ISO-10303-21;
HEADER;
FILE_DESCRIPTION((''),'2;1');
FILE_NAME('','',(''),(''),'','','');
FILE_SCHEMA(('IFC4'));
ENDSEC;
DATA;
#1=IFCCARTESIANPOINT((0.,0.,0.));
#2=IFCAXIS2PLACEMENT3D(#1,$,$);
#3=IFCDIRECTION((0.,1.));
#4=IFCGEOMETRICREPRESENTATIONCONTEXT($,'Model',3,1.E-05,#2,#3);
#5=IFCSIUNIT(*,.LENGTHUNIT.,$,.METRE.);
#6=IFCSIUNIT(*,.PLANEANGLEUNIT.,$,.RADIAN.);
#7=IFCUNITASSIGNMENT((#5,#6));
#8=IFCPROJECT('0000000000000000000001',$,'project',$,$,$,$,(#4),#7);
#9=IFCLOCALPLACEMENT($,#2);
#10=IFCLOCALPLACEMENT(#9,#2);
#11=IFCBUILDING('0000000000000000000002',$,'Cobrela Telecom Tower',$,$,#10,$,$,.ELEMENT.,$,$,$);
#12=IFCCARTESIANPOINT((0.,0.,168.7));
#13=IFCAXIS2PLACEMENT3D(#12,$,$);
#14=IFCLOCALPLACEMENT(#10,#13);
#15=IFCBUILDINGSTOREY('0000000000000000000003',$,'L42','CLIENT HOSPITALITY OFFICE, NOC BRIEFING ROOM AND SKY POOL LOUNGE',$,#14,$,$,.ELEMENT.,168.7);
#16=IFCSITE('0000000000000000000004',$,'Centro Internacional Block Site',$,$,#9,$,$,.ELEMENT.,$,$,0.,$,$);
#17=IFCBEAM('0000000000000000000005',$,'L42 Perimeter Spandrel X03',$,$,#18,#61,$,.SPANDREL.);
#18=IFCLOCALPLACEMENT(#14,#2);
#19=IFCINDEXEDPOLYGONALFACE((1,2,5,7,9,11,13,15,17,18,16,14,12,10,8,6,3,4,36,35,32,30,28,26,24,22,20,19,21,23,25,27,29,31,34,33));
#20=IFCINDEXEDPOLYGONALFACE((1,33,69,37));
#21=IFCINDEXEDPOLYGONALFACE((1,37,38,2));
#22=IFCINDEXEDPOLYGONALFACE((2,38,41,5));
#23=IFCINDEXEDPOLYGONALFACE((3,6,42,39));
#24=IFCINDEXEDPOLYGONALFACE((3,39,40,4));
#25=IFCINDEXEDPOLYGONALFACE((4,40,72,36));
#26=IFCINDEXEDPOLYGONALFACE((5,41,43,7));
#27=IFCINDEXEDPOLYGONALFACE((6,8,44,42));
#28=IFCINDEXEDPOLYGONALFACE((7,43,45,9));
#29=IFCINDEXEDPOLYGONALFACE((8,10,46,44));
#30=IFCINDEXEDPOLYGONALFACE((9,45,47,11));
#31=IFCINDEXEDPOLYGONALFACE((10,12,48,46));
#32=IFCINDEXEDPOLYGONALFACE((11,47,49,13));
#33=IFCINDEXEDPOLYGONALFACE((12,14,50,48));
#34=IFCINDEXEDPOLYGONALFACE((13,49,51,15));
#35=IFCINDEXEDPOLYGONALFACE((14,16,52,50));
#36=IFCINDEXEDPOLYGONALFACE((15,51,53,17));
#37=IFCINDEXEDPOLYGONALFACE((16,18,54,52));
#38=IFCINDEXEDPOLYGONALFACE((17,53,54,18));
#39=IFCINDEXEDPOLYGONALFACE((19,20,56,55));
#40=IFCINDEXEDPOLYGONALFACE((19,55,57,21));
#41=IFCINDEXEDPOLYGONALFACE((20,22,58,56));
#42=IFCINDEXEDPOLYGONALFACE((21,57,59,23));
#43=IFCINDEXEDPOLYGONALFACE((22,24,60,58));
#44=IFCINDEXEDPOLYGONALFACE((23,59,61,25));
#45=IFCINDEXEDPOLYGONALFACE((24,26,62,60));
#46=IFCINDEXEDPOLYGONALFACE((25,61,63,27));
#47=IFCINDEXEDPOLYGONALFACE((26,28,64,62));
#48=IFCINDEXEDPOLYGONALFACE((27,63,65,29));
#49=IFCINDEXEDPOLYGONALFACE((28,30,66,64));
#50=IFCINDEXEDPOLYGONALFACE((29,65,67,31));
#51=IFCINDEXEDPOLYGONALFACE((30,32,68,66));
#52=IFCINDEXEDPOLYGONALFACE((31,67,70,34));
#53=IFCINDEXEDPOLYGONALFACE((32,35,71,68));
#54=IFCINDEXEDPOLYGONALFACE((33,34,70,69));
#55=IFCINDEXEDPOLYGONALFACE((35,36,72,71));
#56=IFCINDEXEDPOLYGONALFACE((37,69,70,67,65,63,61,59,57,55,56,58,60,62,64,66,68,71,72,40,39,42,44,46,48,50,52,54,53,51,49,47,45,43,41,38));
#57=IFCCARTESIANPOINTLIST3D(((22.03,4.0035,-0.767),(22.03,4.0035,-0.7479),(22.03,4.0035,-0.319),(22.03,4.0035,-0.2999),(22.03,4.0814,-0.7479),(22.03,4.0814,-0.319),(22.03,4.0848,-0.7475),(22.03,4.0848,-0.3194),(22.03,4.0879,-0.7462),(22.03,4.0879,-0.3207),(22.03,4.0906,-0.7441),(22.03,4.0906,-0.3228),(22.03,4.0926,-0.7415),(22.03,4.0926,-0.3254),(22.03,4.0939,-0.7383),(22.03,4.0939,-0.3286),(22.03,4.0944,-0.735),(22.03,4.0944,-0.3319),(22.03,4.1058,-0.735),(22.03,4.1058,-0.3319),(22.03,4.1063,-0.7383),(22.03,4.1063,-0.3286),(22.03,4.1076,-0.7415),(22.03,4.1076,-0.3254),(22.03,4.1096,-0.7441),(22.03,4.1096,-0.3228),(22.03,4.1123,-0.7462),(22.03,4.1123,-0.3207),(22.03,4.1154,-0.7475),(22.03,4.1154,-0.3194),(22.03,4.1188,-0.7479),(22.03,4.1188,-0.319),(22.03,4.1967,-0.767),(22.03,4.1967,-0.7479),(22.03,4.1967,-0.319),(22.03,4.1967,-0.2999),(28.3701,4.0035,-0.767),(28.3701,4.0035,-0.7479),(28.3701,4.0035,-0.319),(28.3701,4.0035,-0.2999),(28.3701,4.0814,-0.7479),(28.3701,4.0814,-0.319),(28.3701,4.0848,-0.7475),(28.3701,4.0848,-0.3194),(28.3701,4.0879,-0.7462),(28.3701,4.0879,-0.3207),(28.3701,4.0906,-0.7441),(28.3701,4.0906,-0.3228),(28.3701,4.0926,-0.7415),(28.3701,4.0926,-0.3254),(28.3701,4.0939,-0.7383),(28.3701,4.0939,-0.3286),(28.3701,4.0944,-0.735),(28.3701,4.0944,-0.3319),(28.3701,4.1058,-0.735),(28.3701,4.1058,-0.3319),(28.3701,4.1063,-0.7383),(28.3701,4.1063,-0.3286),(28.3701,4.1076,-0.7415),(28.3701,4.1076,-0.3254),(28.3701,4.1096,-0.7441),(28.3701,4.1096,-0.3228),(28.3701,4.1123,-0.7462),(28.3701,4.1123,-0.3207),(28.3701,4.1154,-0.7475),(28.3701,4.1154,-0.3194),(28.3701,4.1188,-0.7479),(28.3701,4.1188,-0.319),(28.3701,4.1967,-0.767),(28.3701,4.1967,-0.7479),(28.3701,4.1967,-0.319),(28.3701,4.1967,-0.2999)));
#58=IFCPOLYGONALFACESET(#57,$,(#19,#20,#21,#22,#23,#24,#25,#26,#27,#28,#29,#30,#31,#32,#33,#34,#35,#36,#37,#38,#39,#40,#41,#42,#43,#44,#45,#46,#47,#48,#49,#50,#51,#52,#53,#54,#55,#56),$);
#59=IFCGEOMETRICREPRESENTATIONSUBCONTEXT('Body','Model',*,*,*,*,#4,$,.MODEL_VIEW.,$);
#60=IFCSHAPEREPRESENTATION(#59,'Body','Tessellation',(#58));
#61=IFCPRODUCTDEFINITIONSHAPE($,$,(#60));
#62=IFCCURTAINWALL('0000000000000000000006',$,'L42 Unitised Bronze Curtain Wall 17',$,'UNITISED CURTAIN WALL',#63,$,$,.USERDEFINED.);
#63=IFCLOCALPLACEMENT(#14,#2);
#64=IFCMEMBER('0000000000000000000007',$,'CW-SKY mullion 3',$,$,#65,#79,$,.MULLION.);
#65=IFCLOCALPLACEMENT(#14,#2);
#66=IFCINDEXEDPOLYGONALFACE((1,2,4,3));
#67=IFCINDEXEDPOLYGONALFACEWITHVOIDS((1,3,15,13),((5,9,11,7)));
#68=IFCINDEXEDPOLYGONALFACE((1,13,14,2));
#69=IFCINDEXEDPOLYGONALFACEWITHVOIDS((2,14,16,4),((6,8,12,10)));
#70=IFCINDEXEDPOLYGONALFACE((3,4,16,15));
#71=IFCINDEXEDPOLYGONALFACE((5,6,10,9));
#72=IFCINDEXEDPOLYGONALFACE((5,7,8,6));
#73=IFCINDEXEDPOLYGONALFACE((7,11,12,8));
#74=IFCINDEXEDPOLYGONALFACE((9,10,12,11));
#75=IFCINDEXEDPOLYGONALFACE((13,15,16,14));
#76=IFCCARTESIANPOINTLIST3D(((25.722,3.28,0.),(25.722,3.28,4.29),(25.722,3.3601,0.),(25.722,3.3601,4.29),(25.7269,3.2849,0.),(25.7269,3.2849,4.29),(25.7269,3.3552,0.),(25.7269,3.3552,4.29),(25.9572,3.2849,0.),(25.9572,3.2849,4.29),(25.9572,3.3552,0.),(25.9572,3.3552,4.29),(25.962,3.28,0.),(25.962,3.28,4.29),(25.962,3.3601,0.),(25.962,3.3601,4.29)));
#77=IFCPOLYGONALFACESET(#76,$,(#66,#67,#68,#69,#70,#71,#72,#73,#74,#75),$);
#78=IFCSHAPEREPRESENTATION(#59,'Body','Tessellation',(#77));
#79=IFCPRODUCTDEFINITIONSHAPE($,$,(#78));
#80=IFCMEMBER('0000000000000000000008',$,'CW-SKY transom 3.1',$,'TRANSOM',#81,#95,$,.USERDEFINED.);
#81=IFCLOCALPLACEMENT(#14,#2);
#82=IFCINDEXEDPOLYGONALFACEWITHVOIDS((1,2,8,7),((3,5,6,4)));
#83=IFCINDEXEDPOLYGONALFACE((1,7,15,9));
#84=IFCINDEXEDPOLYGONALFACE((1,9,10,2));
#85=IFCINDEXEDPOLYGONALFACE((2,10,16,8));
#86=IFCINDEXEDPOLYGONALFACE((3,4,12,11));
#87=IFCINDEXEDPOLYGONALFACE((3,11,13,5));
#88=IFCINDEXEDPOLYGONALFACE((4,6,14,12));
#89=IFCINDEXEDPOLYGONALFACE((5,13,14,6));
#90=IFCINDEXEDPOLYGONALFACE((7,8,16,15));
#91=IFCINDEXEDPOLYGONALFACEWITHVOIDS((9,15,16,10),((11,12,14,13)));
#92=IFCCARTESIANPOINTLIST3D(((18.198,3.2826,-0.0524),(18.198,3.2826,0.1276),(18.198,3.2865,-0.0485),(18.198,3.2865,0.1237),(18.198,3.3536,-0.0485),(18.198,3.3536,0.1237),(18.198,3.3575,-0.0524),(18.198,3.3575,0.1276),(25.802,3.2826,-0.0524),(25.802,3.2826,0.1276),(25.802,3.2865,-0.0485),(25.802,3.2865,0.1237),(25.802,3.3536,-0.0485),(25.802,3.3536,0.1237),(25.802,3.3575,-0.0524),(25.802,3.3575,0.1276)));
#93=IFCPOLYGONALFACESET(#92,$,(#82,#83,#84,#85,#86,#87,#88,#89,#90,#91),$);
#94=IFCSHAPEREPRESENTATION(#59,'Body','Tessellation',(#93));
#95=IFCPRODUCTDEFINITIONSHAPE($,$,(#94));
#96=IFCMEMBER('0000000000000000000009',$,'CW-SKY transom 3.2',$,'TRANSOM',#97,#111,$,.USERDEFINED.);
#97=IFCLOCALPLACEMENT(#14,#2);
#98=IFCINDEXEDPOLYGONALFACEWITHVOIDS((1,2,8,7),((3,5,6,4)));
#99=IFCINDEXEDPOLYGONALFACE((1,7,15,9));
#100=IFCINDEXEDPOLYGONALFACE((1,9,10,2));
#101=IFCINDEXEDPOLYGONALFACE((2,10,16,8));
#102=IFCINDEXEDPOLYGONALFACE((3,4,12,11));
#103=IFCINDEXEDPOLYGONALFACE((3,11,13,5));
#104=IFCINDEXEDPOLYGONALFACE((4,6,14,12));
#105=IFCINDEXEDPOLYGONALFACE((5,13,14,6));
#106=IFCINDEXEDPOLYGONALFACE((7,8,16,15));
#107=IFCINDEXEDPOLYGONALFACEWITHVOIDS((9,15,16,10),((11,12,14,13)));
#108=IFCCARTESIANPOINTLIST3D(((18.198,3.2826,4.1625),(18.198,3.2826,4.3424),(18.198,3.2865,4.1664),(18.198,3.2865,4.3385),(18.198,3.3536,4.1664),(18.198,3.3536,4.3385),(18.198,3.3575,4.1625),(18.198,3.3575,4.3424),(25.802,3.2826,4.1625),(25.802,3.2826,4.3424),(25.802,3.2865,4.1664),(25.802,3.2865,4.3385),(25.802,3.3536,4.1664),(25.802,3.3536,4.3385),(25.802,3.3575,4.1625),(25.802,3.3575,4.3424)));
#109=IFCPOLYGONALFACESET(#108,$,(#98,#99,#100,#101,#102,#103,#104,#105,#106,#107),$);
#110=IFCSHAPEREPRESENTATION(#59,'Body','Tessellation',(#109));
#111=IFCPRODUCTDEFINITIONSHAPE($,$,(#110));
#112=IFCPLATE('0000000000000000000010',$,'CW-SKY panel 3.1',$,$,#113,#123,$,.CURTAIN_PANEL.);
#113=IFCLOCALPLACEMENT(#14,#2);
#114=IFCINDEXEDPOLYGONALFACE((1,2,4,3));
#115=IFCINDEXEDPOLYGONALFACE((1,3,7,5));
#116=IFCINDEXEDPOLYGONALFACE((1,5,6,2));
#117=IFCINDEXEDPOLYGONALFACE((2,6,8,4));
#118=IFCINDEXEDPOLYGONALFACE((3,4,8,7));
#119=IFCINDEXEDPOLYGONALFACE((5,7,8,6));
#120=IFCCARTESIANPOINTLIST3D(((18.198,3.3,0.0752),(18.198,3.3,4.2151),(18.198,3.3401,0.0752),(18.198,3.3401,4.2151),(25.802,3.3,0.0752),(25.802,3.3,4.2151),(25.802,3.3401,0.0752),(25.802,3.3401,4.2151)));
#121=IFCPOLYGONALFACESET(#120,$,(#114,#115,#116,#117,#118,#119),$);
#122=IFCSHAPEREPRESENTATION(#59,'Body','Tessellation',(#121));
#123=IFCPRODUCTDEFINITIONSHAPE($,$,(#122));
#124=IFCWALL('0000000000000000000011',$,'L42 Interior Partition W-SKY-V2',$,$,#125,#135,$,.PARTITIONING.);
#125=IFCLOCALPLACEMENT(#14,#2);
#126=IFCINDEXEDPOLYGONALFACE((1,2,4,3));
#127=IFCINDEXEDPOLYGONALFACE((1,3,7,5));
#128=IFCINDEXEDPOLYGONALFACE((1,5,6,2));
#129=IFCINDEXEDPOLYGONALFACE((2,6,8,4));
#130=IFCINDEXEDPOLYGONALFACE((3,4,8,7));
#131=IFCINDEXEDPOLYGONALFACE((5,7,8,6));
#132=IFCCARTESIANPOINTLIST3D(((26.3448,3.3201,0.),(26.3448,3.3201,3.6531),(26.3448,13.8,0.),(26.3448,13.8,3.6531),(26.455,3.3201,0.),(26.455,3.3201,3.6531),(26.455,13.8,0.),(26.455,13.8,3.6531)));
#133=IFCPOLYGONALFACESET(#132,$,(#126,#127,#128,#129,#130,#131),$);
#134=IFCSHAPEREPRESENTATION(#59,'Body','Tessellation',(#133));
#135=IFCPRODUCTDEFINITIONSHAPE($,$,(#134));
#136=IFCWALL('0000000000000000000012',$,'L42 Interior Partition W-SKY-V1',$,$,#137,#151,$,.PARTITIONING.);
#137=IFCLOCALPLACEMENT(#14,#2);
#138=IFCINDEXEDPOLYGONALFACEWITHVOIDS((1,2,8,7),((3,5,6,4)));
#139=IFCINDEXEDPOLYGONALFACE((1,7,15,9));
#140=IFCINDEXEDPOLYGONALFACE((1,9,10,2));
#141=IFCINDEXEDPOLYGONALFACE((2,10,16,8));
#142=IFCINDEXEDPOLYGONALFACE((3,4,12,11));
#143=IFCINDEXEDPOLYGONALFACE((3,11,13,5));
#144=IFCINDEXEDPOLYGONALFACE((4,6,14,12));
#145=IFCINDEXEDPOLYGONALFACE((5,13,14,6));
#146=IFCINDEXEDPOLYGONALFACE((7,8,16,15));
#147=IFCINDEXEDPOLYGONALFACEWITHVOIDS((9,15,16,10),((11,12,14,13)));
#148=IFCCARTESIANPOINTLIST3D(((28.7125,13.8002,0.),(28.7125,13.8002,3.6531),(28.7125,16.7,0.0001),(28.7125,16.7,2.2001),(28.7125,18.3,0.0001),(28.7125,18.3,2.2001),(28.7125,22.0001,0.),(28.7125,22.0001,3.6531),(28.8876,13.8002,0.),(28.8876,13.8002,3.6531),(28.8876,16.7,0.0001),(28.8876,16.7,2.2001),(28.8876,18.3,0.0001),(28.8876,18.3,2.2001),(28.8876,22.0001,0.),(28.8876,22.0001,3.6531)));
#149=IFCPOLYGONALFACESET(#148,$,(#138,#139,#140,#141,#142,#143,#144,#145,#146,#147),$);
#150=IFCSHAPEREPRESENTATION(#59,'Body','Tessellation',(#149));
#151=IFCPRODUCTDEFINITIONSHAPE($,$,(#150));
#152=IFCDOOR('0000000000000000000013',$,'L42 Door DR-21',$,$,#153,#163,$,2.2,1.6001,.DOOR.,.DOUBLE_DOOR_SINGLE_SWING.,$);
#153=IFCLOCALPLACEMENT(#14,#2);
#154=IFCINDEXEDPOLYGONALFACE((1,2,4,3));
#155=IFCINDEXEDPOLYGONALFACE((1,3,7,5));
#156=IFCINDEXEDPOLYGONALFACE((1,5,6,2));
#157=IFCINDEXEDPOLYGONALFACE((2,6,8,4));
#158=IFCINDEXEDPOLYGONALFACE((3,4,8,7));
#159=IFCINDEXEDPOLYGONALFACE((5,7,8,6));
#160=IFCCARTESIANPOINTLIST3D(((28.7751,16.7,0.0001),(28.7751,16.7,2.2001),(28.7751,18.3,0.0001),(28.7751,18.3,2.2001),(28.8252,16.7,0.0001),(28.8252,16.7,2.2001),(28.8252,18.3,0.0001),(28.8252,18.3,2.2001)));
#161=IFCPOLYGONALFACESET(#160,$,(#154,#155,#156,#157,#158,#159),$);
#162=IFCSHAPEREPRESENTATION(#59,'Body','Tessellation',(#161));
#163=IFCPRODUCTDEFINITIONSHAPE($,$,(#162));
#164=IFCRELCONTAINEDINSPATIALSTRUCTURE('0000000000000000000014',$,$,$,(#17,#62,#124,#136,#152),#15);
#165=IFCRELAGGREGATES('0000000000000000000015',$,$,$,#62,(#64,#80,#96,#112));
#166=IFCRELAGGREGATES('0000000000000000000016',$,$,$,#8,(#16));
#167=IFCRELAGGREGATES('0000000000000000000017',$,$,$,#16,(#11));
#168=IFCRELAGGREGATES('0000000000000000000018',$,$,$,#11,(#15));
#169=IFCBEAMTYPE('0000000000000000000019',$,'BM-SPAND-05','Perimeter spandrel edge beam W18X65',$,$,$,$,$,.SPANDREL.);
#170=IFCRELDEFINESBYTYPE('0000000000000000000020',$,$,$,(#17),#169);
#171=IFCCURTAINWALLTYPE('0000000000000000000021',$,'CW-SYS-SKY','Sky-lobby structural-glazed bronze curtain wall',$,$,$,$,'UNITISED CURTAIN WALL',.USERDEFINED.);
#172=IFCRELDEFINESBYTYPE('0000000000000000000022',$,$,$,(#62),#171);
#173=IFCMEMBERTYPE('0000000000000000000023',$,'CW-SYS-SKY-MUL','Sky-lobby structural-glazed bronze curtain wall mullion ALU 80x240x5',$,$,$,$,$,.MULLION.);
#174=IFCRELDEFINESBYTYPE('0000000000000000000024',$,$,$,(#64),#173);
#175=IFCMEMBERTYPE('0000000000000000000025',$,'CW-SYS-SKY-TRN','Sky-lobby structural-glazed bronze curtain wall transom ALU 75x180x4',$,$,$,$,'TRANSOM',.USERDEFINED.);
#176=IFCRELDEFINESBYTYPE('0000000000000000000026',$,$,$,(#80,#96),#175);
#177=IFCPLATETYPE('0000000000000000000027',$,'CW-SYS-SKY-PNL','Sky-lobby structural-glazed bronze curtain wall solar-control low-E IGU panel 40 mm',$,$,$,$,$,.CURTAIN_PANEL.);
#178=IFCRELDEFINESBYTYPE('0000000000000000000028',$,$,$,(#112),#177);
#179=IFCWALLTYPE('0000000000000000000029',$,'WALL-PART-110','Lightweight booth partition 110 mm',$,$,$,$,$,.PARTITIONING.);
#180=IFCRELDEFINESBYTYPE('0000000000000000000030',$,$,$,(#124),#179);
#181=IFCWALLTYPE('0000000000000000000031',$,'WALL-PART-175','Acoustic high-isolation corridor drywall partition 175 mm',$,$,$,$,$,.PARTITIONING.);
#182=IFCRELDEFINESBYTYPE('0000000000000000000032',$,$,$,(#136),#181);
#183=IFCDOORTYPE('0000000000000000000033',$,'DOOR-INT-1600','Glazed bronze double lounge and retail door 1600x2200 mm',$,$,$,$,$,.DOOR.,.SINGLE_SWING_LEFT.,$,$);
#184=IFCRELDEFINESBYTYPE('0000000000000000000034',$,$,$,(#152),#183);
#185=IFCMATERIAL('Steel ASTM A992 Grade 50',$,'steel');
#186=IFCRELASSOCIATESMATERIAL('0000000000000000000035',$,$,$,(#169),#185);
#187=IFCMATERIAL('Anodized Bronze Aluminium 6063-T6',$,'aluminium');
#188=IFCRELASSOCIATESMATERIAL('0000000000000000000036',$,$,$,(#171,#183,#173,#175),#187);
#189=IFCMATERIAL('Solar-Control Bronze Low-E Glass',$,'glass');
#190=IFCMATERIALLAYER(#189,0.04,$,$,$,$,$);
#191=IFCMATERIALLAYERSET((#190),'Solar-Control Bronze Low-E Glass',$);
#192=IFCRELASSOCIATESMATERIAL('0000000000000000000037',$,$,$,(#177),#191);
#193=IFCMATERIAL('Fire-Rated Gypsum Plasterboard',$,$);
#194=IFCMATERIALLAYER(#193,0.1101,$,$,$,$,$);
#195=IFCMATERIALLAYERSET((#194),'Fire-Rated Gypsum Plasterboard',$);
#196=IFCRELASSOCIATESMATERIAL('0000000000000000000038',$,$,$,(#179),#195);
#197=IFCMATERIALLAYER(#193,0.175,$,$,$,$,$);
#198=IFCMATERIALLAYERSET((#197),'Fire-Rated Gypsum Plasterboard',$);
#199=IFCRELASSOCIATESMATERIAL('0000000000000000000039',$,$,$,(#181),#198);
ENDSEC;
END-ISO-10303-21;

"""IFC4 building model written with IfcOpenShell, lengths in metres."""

from ifc_helpers import new_model, si_unit, direction, frame, frame_2d, origin, origin_2d, place, context, subcontext, project, spatial, rectangle, hollow_rectangle, i_section, extrude, material, layer, layer_set, material_profile, profile_set, type_object, element, fill, aggregate, save


model = new_model("IFC4")

# Units and contexts
model_context = context("Model", 3, precision=1e-05, world=origin(), true_north=direction((0.0, 1.0)))
body_context = subcontext(model_context, "Body", "Model", "MODEL_VIEW")
ifc_project = project(units=[si_unit("LENGTHUNIT", "METRE"), si_unit("PLANEANGLEUNIT", "RADIAN")], contexts=[model_context])

# Site, building, storey
site_placement = place(None, origin())
site = spatial("IfcSite", under=ifc_project, at=site_placement, Name="Centro Internacional Block Site", CompositionType="ELEMENT", RefElevation=0.0)
building_placement = place(site_placement, origin())
building = spatial("IfcBuilding", under=site, at=building_placement, Name="Cobrela Telecom Tower", CompositionType="ELEMENT")
storey_placement = place(building_placement, frame((0.0, 0.0, 168.7)))
storey = spatial("IfcBuildingStorey", under=building, at=storey_placement, Name="L42", Description="CLIENT HOSPITALITY OFFICE, NOC BRIEFING ROOM AND SKY POOL LOUNGE", CompositionType="ELEMENT", Elevation=168.7)

# Shared definitions
ifc_material_1 = material(Name="Steel ASTM A992 Grade 50", Category="steel")

# Beam
ifc_material_profile_1 = material_profile(ifc_material_1, i_section(OverallWidth=0.1931, OverallDepth=0.467, WebThickness=0.0115, FlangeThickness=0.019, FilletRadius=0.0129, at=origin_2d()), Name="W18X65")
ifc_profile_set_1 = profile_set([ifc_material_profile_1], Name="Steel ASTM A992 Grade 50")
beam_type_1 = type_object("IfcBeamType", Name="BM-SPAND-05", Description="Perimeter spandrel edge beam W18X65", PredefinedType="SPANDREL", material=ifc_profile_set_1)
beam_1_placement = place(storey_placement, frame((22.03, 4.1001, -0.5334), z_axis=(1.0, 0.0, 0.0), x_axis=(0.0, 1.0, 0.0)))
element("IfcBeam", 1, at=beam_1_placement, inside=storey, type_object=beam_type_1, Name="L42 Perimeter Spandrel X03", PredefinedType="SPANDREL", context=body_context, shape_type="SweptSolid", body=[
    extrude(i_section(OverallWidth=0.1931, OverallDepth=0.467, WebThickness=0.0115, FlangeThickness=0.019, FilletRadius=0.0129, at=origin_2d()), origin(), (0.0, 0.0, 1.0), 6.3401),
])

# Curtain wall, members, plate
ifc_material_2 = material(Name="Anodized Bronze Aluminium 6063-T6", Category="aluminium")
curtain_wall_type = type_object("IfcCurtainWallType", Name="CW-SYS-SKY", Description="Sky-lobby structural-glazed bronze curtain wall", ElementType="UNITISED CURTAIN WALL", PredefinedType="USERDEFINED", material=ifc_material_2)
curtain_wall_placement = place(storey_placement, origin())
curtain_wall = element("IfcCurtainWall", 2, at=curtain_wall_placement, inside=storey, type_object=curtain_wall_type, Name="L42 Unitised Bronze Curtain Wall 17", ObjectType="UNITISED CURTAIN WALL", PredefinedType="USERDEFINED")
ifc_material_profile_2 = material_profile(ifc_material_2, hollow_rectangle(XDim=0.0801, YDim=0.24, WallThickness=0.0049, at=origin_2d()), Name="ALU 80x240x5")
ifc_profile_set_2 = profile_set([ifc_material_profile_2], Name="Anodized Bronze Aluminium 6063-T6")
member_type_1 = type_object("IfcMemberType", Name="CW-SYS-SKY-MUL", Description="Sky-lobby structural-glazed bronze curtain wall mullion ALU 80x240x5", PredefinedType="MULLION", material=ifc_profile_set_2)
member_1_placement = place(storey_placement, frame((25.842, 3.3201, 0.0), z_axis=(0.0, 0.0, 1.0), x_axis=(0.0, -1.0, 0.0)))
member_1 = element("IfcMember", 3, at=member_1_placement, type_object=member_type_1, Name="CW-SKY mullion 3", PredefinedType="MULLION", context=body_context, shape_type="SweptSolid", body=[
    extrude(hollow_rectangle(XDim=0.0801, YDim=0.24, WallThickness=0.0049, at=origin_2d()), origin(), (0.0, 0.0, 1.0), 4.29),
])
ifc_material_profile_3 = material_profile(ifc_material_2, hollow_rectangle(XDim=0.075, YDim=0.1799, WallThickness=0.0039, at=origin_2d()), Name="ALU 75x180x4")
ifc_profile_set_3 = profile_set([ifc_material_profile_3], Name="Anodized Bronze Aluminium 6063-T6")
member_type_2 = type_object("IfcMemberType", Name="CW-SYS-SKY-TRN", Description="Sky-lobby structural-glazed bronze curtain wall transom ALU 75x180x4", ElementType="TRANSOM", PredefinedType="USERDEFINED", material=ifc_profile_set_3)
member_2_placement = place(storey_placement, frame((25.802, 3.3201, 0.0376), z_axis=(-1.0, 0.0, 0.0), x_axis=(0.0, -1.0, 0.0)))
member_2 = element("IfcMember", 4, at=member_2_placement, type_object=member_type_2, Name="CW-SKY transom 3.1", ObjectType="TRANSOM", PredefinedType="USERDEFINED", context=body_context, shape_type="SweptSolid", body=[
    extrude(hollow_rectangle(XDim=0.075, YDim=0.1799, WallThickness=0.0039, at=origin_2d()), origin(), (0.0, 0.0, 1.0), 7.604),
])
member_3_placement = place(storey_placement, frame((25.802, 3.3201, 4.2524), z_axis=(-1.0, 0.0, 0.0), x_axis=(0.0, -1.0, 0.0)))
member_3 = element("IfcMember", 5, at=member_3_placement, type_object=member_type_2, Name="CW-SKY transom 3.2", ObjectType="TRANSOM", PredefinedType="USERDEFINED", context=body_context, shape_type="SweptSolid", body=[
    extrude(hollow_rectangle(XDim=0.075, YDim=0.1799, WallThickness=0.0039, at=origin_2d()), origin(), (0.0, 0.0, 1.0), 7.604),
])
ifc_material_3 = material(Name="Solar-Control Bronze Low-E Glass", Category="glass")
ifc_layer_1 = layer(ifc_material_3, 0.04)
ifc_layer_set_1 = layer_set([ifc_layer_1], Name="Solar-Control Bronze Low-E Glass")
plate_type = type_object("IfcPlateType", Name="CW-SYS-SKY-PNL", Description="Sky-lobby structural-glazed bronze curtain wall solar-control low-E IGU panel 40 mm", PredefinedType="CURTAIN_PANEL", material=ifc_layer_set_1)
plate_placement = place(storey_placement, frame((22.0, 3.3201, 0.0752), z_axis=(0.0, 0.0, 1.0), x_axis=(-1.0, 0.0, 0.0)))
plate = element("IfcPlate", 6, at=plate_placement, type_object=plate_type, Name="CW-SKY panel 3.1", PredefinedType="CURTAIN_PANEL", context=body_context, shape_type="SweptSolid", body=[
    extrude(rectangle(XDim=7.604, YDim=0.04, at=origin_2d()), origin(), (0.0, 0.0, 1.0), 4.1399),
])
aggregate(curtain_wall, [member_1, member_2, member_3, plate])

# Wall
ifc_material_4 = material(Name="Fire-Rated Gypsum Plasterboard")
ifc_layer_2 = layer(ifc_material_4, 0.1101)
ifc_layer_set_2 = layer_set([ifc_layer_2], Name="Fire-Rated Gypsum Plasterboard")
wall_type_1 = type_object("IfcWallType", Name="WALL-PART-110", Description="Lightweight booth partition 110 mm", PredefinedType="PARTITIONING", material=ifc_layer_set_2)
wall_1_placement = place(storey_placement, frame((26.3999, 3.3201, 0.0), z_axis=(0.0, 0.0, 1.0), x_axis=(0.0, 1.0, 0.0)))
element("IfcWall", 7, at=wall_1_placement, inside=storey, type_object=wall_type_1, Name="L42 Interior Partition W-SKY-V2", PredefinedType="PARTITIONING", context=body_context, shape_type="SweptSolid", body=[
    extrude(rectangle(XDim=10.48, YDim=0.1101, at=frame_2d((5.24, 0.0))), origin(), (0.0, 0.0, 1.0), 3.6531),
])

# Wall, opening, door
ifc_layer_3 = layer(ifc_material_4, 0.175)
ifc_layer_set_3 = layer_set([ifc_layer_3], Name="Fire-Rated Gypsum Plasterboard")
wall_type_2 = type_object("IfcWallType", Name="WALL-PART-175", Description="Acoustic high-isolation corridor drywall partition 175 mm", PredefinedType="PARTITIONING", material=ifc_layer_set_3)
wall_2_placement = place(storey_placement, frame((28.8, 13.8, 0.0), z_axis=(0.0, 0.0, 1.0), x_axis=(0.0, 1.0, 0.0)))
wall_2 = element("IfcWall", 8, at=wall_2_placement, inside=storey, type_object=wall_type_2, Name="L42 Interior Partition W-SKY-V1", PredefinedType="PARTITIONING", context=body_context, shape_type="SweptSolid", body=[
    extrude(rectangle(XDim=8.2, YDim=0.175, at=frame_2d((4.1001, 0.0))), origin(), (0.0, 0.0, 1.0), 3.6531),
])
opening_placement = place(wall_2_placement, frame((2.8999, 0.0, 0.0)))
opening = element("IfcOpeningElement", 9, at=opening_placement, cuts=wall_2, PredefinedType="OPENING", context=body_context, shape_type="SweptSolid", body=[
    extrude(rectangle(XDim=1.6001, YDim=2.2, at=frame_2d((0.8, 1.1001))), frame((0.0, 0.0996, 0.0), z_axis=(0.0, -1.0, 0.0), x_axis=(1.0, 0.0, 0.0)), (0.0, 0.0, 1.0), 0.199),
])
door_type = type_object("IfcDoorType", Name="DOOR-INT-1600", Description="Glazed bronze double lounge and retail door 1600x2200 mm", OperationType="SINGLE_SWING_LEFT", PredefinedType="DOOR", material=ifc_material_2)
door_placement = place(opening_placement, origin())
door = element("IfcDoor", 10, at=door_placement, inside=storey, type_object=door_type, Name="L42 Door DR-21", OperationType="DOUBLE_DOOR_SINGLE_SWING", OverallHeight=2.2, OverallWidth=1.6001, PredefinedType="DOOR", context=body_context, shape_type="SweptSolid", body=[
    extrude(rectangle(XDim=1.6001, YDim=2.2, at=frame_2d((0.8, 1.1001))), frame((0.0, 0.0249, 0.0), z_axis=(0.0, -1.0, 0.0), x_axis=(1.0, 0.0, 0.0)), (0.0, 0.0, 1.0), 0.05),
])
fill(opening, door)

save(model, "model.ifc")
